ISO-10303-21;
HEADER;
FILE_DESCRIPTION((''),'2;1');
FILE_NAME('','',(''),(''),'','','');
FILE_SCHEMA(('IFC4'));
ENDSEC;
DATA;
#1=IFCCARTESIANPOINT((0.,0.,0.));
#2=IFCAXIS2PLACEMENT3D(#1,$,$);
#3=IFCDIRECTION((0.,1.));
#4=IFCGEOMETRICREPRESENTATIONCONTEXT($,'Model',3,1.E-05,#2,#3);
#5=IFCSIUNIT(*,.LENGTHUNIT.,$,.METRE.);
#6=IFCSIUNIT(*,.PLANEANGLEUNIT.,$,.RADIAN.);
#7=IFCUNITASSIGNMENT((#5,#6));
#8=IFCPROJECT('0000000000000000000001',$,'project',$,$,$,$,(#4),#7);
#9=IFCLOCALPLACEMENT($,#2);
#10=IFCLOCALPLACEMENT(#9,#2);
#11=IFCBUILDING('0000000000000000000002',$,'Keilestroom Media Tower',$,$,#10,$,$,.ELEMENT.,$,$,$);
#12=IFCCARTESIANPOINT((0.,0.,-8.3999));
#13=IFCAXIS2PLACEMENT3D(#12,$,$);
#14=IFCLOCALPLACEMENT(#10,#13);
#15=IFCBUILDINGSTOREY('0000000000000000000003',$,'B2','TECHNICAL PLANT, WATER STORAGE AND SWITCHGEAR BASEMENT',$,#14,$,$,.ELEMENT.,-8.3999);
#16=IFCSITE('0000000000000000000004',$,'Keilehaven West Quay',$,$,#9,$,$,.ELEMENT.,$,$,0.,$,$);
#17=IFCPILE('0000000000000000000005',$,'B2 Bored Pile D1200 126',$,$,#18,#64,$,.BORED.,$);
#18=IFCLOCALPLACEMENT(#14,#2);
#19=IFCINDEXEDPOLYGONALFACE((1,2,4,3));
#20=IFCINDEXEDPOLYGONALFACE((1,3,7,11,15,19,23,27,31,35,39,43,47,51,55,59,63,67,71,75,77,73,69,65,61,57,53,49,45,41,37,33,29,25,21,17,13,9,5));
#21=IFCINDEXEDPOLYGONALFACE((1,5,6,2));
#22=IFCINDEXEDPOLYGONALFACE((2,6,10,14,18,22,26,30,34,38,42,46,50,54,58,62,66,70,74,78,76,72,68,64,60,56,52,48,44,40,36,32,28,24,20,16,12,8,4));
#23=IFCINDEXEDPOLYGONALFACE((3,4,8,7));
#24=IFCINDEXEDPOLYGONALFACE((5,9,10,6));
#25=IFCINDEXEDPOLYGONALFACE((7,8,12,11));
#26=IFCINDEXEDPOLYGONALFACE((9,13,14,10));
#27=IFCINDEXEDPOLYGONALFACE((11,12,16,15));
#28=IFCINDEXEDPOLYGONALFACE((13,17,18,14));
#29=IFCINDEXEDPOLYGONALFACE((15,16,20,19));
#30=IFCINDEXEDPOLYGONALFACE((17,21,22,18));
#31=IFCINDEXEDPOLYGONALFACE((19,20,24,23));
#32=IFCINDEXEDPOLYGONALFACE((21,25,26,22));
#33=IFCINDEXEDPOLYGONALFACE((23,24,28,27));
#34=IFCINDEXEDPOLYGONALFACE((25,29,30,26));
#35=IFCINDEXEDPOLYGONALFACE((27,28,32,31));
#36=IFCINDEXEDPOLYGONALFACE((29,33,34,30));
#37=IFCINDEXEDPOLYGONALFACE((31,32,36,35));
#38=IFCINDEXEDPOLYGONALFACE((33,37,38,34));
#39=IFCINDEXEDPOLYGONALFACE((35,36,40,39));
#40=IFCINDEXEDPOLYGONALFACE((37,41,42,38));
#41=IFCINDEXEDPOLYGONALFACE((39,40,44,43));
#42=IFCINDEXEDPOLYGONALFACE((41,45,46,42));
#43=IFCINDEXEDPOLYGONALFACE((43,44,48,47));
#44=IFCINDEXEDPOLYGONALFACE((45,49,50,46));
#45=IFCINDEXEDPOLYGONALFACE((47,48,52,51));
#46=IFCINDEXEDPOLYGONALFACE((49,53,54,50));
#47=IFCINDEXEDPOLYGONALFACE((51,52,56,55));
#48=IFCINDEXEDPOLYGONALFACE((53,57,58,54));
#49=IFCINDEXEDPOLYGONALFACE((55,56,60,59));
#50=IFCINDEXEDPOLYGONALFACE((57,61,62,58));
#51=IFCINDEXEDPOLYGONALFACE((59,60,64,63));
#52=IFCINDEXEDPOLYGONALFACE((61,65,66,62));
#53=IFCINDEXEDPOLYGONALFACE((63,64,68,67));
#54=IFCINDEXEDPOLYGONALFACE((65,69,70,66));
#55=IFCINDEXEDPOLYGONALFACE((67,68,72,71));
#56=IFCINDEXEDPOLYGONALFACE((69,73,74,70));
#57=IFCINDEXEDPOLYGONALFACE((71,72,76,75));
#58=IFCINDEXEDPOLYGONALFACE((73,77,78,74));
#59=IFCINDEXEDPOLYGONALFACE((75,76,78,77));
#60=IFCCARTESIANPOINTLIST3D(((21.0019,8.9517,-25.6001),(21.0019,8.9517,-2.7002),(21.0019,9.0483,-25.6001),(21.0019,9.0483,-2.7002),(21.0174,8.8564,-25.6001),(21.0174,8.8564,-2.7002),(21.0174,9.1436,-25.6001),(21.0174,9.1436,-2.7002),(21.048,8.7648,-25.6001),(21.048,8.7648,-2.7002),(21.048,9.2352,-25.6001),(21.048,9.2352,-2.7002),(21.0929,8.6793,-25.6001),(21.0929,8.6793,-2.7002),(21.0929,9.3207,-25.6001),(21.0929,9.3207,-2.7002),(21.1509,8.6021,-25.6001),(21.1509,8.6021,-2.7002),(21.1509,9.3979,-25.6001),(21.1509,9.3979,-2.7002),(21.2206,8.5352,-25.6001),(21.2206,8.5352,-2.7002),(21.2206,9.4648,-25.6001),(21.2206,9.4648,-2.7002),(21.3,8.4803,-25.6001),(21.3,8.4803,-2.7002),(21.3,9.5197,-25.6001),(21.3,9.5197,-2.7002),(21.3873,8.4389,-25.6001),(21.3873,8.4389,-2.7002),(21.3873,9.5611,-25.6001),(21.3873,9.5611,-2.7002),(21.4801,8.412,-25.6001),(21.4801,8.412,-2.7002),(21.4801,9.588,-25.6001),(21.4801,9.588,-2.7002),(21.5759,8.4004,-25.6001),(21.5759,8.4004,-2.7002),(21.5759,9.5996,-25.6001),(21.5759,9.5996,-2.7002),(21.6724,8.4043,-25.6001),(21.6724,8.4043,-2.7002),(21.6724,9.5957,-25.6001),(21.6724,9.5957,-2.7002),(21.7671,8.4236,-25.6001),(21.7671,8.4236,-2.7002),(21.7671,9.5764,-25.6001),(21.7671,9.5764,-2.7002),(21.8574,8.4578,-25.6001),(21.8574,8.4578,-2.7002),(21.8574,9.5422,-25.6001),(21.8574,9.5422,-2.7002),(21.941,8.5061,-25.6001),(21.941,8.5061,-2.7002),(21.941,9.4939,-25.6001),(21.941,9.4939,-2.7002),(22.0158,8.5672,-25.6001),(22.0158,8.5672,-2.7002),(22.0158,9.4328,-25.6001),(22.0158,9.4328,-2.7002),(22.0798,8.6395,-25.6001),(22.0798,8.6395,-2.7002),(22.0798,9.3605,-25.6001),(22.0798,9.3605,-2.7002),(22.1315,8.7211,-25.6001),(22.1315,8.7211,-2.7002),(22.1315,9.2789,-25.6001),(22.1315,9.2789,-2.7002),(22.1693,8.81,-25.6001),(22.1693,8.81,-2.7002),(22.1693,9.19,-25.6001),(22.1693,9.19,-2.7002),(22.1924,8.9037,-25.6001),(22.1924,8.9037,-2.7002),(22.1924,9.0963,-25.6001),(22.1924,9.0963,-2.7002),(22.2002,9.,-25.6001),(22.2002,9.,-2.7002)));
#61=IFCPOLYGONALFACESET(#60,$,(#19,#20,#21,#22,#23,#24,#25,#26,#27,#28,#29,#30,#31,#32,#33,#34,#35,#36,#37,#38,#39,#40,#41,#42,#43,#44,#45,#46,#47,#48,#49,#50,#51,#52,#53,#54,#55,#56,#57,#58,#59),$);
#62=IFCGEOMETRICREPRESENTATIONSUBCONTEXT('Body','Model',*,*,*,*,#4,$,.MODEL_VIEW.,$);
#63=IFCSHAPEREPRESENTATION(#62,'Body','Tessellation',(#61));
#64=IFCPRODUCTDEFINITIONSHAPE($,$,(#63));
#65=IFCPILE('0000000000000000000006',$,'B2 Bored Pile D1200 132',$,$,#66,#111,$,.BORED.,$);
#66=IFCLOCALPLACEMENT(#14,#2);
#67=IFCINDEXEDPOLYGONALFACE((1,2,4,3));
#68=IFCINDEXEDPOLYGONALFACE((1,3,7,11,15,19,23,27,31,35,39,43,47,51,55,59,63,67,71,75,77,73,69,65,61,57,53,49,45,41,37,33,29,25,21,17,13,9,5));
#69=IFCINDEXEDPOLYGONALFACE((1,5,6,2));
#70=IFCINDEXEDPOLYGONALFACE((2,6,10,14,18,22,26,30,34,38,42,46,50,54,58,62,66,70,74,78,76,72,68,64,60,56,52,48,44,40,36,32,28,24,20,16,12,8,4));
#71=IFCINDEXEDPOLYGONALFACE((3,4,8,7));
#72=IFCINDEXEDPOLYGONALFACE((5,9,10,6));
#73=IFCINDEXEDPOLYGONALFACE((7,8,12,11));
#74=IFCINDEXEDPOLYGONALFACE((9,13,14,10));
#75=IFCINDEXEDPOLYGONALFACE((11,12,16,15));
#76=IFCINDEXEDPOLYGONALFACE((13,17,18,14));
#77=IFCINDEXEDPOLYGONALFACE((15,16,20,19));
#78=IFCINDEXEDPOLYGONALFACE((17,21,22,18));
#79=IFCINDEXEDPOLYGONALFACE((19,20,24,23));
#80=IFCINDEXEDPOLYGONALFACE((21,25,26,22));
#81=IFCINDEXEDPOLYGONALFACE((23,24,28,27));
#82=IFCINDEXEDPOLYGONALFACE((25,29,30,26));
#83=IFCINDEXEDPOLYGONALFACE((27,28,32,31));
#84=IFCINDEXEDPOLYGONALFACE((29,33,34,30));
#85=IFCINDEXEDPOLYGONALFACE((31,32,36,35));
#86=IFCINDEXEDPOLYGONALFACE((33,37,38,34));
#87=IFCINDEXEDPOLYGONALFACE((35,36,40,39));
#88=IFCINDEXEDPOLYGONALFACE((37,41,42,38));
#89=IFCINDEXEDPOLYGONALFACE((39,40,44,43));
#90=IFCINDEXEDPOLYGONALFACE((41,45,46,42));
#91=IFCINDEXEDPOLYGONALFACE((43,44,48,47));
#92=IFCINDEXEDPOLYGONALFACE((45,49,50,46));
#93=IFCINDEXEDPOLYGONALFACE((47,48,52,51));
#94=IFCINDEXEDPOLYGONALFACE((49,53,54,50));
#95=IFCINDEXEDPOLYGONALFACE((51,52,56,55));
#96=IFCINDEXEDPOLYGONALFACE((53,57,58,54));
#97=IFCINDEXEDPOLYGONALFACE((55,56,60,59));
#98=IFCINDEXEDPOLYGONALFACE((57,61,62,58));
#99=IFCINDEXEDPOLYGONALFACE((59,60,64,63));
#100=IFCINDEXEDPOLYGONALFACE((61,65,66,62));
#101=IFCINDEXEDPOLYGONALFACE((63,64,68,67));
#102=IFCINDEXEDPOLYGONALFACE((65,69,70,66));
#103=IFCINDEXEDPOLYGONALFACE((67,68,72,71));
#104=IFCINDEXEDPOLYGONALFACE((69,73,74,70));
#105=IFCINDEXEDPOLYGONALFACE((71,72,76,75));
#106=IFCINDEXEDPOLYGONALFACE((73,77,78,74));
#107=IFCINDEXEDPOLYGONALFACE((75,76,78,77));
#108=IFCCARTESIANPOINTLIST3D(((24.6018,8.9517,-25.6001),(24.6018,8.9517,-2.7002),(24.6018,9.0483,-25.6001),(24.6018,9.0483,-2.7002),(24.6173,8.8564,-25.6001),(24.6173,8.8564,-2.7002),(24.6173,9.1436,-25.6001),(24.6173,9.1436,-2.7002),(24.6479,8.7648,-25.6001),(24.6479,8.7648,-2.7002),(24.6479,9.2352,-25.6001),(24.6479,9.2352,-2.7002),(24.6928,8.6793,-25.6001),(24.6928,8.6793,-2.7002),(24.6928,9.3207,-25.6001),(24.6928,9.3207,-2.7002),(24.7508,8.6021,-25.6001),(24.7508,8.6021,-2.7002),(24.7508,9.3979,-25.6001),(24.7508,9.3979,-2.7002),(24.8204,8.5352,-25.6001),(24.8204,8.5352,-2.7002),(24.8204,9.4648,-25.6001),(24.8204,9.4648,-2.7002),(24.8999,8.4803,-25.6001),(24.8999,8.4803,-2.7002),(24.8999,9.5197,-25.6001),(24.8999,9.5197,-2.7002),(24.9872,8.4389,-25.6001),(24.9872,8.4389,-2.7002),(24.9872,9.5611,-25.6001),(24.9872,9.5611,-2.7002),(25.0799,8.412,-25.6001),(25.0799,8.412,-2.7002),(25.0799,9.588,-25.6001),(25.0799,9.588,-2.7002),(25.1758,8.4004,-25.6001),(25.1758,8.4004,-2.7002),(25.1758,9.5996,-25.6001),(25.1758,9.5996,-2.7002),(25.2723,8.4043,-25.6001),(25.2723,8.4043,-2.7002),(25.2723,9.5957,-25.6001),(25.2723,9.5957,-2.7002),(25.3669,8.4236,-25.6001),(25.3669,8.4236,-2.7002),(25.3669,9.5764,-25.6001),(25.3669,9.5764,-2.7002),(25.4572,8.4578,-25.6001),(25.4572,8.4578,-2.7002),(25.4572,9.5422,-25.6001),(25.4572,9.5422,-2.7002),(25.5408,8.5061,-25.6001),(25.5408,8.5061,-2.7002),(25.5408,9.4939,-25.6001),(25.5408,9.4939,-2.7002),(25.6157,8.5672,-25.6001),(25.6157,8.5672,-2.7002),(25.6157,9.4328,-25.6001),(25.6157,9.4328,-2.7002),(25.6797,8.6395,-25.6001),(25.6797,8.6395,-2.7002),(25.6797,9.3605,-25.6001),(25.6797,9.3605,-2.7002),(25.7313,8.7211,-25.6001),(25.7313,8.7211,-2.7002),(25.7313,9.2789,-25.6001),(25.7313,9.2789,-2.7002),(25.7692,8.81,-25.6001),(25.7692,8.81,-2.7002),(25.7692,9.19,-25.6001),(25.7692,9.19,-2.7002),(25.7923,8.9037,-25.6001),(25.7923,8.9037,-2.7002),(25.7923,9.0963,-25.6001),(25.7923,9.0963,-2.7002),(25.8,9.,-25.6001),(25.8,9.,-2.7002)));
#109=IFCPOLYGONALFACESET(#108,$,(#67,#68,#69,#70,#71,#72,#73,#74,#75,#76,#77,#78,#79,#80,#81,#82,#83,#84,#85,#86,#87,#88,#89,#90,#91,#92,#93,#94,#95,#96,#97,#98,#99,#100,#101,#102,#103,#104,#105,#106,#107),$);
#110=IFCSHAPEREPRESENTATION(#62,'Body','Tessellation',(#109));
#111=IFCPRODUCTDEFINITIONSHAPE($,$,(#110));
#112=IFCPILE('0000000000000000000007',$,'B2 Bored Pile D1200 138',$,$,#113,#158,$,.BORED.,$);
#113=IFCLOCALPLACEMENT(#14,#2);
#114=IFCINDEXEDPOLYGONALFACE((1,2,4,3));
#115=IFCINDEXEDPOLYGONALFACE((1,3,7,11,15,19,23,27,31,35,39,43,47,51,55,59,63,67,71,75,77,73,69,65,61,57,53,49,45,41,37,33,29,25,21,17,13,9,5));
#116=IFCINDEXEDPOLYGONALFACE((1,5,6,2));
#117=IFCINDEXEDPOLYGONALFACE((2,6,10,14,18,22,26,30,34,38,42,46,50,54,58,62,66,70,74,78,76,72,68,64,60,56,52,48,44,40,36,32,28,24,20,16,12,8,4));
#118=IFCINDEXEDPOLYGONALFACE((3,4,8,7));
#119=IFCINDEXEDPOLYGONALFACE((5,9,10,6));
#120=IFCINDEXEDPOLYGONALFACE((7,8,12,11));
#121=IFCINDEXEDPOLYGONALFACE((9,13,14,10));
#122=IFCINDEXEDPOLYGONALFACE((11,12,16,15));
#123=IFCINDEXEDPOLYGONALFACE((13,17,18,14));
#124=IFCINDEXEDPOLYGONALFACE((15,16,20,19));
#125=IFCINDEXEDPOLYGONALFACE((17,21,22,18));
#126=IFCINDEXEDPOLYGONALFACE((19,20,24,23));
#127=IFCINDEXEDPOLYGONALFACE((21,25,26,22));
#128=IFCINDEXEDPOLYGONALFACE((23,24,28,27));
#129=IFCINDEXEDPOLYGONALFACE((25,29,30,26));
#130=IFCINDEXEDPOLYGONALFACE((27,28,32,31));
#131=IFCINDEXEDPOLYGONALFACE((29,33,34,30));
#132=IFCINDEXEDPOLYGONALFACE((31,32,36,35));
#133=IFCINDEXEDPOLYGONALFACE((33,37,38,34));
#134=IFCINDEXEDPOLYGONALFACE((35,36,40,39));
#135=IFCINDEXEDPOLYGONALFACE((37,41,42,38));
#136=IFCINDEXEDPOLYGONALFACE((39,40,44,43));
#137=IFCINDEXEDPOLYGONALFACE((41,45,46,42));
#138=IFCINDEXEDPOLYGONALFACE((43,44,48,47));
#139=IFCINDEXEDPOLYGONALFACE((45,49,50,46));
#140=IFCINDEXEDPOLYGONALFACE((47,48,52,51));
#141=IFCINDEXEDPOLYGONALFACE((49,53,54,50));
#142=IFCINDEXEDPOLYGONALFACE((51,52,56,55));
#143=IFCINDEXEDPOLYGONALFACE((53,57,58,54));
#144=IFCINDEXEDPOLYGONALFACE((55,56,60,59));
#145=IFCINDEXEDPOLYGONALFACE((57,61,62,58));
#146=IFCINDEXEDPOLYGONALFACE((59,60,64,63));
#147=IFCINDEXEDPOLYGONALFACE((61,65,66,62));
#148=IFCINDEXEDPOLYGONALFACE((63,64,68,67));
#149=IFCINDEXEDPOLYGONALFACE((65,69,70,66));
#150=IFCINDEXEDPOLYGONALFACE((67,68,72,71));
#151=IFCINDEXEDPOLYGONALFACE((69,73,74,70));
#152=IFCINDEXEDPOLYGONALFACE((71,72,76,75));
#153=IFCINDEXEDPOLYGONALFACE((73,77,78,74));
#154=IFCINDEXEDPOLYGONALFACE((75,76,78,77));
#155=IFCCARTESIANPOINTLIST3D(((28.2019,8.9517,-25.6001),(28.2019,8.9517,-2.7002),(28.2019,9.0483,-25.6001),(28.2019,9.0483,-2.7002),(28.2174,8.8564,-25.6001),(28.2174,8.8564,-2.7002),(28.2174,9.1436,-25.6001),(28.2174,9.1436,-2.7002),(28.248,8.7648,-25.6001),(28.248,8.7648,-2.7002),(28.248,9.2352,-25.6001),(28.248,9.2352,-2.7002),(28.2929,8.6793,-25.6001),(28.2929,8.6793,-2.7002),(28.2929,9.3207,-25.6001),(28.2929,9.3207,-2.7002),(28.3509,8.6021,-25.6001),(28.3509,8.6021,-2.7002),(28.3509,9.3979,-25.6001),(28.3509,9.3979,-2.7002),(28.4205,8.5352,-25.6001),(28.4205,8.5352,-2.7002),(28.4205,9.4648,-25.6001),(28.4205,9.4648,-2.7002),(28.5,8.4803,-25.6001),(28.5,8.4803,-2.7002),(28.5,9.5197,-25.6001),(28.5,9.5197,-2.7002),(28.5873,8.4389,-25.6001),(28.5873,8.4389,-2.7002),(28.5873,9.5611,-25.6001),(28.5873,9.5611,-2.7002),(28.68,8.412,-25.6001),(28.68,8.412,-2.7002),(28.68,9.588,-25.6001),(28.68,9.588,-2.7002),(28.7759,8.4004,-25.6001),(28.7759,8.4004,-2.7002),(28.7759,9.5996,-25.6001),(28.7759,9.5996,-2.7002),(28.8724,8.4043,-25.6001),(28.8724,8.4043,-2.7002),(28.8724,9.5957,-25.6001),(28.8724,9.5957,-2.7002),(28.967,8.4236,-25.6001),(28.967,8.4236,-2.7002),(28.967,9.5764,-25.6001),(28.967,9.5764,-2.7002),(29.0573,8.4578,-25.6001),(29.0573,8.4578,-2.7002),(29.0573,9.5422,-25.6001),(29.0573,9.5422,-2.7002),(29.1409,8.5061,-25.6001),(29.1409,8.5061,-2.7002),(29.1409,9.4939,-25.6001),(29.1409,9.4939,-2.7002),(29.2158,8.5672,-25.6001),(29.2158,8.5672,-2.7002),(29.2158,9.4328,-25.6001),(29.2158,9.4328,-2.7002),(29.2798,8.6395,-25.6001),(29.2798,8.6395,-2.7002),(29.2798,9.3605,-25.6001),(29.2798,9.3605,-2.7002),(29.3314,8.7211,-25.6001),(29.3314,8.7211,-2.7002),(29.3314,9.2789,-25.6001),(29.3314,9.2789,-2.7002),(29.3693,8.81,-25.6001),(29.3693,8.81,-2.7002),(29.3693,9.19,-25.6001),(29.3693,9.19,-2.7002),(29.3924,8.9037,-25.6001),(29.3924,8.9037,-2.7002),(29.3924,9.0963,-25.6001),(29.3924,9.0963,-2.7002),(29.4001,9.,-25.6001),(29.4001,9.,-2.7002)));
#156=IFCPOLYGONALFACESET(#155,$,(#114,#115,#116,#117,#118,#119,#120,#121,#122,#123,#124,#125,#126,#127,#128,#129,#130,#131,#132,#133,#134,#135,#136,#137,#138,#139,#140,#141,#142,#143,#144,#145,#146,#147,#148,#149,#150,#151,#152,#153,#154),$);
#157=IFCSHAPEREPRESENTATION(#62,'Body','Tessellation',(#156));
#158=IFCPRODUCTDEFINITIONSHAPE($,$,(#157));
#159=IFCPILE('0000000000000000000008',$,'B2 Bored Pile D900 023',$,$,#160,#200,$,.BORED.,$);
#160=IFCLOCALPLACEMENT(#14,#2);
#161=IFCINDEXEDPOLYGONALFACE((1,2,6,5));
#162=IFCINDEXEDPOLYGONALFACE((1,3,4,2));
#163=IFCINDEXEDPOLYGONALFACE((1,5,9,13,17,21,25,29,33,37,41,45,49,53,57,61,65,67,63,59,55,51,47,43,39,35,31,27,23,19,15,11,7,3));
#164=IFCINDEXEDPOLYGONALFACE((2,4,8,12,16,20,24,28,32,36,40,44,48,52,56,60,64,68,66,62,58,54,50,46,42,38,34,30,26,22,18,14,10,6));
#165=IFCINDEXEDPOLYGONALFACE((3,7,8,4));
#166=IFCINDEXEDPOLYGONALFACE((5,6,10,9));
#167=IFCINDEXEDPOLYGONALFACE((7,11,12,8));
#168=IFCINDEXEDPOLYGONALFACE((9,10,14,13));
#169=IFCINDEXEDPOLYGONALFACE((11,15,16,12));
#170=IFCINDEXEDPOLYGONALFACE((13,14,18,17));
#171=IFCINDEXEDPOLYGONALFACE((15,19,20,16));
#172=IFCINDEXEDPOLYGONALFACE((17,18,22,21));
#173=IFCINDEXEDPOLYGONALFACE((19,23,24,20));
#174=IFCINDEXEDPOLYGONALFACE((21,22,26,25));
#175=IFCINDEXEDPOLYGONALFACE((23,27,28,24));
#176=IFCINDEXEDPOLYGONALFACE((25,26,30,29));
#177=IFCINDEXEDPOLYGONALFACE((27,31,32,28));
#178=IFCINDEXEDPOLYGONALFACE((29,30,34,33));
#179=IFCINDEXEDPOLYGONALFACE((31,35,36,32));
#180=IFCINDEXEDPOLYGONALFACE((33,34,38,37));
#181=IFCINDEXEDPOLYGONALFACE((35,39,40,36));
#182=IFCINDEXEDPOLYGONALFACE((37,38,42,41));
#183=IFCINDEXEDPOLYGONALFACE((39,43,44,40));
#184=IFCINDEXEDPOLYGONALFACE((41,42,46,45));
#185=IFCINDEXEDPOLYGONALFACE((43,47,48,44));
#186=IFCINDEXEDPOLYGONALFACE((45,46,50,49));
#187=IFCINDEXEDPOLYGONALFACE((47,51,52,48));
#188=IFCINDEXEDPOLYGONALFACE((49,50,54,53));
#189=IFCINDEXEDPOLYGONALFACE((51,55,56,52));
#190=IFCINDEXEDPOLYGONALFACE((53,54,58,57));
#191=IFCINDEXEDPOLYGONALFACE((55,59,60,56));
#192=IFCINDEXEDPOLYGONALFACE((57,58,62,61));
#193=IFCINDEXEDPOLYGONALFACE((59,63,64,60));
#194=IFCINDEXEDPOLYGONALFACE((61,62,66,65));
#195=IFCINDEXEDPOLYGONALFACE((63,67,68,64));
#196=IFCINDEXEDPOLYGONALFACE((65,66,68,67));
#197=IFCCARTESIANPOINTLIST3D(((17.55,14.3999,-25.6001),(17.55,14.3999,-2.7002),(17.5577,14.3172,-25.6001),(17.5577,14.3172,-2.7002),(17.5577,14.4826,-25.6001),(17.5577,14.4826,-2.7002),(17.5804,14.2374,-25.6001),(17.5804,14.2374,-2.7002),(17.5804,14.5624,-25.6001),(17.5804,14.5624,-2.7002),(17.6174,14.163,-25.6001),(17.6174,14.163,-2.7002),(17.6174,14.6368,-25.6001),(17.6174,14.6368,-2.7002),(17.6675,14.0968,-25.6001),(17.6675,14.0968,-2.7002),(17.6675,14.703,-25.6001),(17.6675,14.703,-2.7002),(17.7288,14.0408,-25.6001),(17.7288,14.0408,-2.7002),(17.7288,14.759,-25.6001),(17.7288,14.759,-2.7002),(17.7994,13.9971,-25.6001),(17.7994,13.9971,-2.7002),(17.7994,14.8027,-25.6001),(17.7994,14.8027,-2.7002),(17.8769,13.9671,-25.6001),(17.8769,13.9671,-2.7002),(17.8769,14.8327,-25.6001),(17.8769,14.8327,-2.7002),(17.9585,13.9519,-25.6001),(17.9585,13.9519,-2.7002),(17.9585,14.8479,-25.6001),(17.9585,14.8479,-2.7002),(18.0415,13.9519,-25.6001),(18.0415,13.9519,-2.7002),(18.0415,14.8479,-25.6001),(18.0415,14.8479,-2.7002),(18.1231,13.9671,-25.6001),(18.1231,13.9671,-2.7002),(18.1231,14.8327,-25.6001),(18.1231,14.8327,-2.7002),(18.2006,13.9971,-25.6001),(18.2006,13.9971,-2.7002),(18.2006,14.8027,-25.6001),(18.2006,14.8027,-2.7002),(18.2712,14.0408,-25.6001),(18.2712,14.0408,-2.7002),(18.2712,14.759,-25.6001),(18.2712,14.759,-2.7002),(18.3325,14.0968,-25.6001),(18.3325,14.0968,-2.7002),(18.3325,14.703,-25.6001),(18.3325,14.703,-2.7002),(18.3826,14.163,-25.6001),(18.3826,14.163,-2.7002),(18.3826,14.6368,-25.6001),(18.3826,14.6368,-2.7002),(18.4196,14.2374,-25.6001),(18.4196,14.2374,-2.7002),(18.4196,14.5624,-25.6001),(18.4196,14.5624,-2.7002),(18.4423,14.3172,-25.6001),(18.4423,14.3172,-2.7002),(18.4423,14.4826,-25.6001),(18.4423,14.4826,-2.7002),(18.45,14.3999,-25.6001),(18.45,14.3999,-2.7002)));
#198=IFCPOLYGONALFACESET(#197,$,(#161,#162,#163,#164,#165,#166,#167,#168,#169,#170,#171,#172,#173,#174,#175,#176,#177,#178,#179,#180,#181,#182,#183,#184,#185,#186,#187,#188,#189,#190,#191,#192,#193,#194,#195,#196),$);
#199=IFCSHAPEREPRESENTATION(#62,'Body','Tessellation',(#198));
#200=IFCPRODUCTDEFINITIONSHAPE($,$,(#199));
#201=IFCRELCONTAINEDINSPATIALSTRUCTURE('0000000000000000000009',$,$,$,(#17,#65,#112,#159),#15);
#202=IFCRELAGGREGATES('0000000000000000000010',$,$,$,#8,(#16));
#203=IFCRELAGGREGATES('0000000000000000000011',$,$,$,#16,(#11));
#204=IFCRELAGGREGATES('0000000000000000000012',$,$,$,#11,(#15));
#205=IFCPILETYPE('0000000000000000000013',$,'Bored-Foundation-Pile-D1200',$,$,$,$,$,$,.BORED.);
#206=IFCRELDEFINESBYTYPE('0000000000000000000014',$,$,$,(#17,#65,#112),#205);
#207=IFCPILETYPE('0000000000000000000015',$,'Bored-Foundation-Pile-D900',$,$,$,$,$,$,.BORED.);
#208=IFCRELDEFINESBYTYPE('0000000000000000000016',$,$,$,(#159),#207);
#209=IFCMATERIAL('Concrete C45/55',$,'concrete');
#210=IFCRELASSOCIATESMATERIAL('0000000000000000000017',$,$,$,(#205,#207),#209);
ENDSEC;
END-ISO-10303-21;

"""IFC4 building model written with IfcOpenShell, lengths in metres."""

from ifc_helpers import new_model, si_unit, direction, frame, origin, origin_2d, place, context, subcontext, project, spatial, circle, extrude, source, transform, mapped, material, material_profile, profile_set, type_object, element, save


model = new_model("IFC4")

# Units and contexts
model_context = context("Model", 3, precision=1e-05, world=origin(), true_north=direction((0.0, 1.0)))
body_context = subcontext(model_context, "Body", "Model", "MODEL_VIEW")
ifc_project = project(units=[si_unit("LENGTHUNIT", "METRE"), si_unit("PLANEANGLEUNIT", "RADIAN")], contexts=[model_context])

# Site, building, storey
site_placement = place(None, origin())
site = spatial("IfcSite", under=ifc_project, at=site_placement, Name="Keilehaven West Quay", CompositionType="ELEMENT", RefElevation=0.0)
building_placement = place(site_placement, origin())
building = spatial("IfcBuilding", under=site, at=building_placement, Name="Keilestroom Media Tower", CompositionType="ELEMENT")
storey_placement = place(building_placement, frame((0.0, 0.0, -8.3999)))
storey = spatial("IfcBuildingStorey", under=building, at=storey_placement, Name="B2", Description="TECHNICAL PLANT, WATER STORAGE AND SWITCHGEAR BASEMENT", CompositionType="ELEMENT", Elevation=-8.3999)

# Piles
ifc_material_1 = material(Name="Concrete C45/55", Category="concrete")
ifc_material_profile_1 = material_profile(ifc_material_1, circle(Radius=0.6001, at=origin_2d()), Name="BORED PILE D1200")
ifc_profile_set_1 = profile_set([ifc_material_profile_1], Name="Concrete C45/55")
pile_type_1 = type_object("IfcPileType", Name="Bored-Foundation-Pile-D1200", PredefinedType="BORED", material=ifc_profile_set_1)
shared_shape_1 = source(origin(), body_context, "Body", "SweptSolid", [
    extrude(circle(Radius=0.6001, at=origin_2d()), origin(), (0.0, 0.0, 1.0), 22.8999),
])
for number, where, z_axis, x_axis, name in (
    (1, (21.6001, 9.0, -2.7002), (0.0, 0.0, -1.0), (1.0, 0.0, 0.0), "B2 Bored Pile D1200 126"),
    (2, (25.2, 9.0, -2.7002), (0.0, 0.0, -1.0), (1.0, 0.0, 0.0), "B2 Bored Pile D1200 132"),
    (3, (28.8, 9.0, -2.7002), (0.0, 0.0, -1.0), (1.0, 0.0, 0.0), "B2 Bored Pile D1200 138"),
):
    element("IfcPile", number, at=place(storey_placement, frame(where, z_axis=z_axis, x_axis=x_axis)), inside=storey, type_object=pile_type_1, Name=name, PredefinedType="BORED", context=body_context, shape_type="MappedRepresentation", body=[
        mapped(shared_shape_1, transform((0.0, 0.0, 0.0), x_axis=(1.0, 0.0, 0.0), y_axis=(0.0, 1.0, 0.0), z_axis=(0.0, 0.0, 1.0), scale=1.0)),
    ])
ifc_material_profile_2 = material_profile(ifc_material_1, circle(Radius=0.45, at=origin_2d()), Name="BORED PILE D900")
ifc_profile_set_2 = profile_set([ifc_material_profile_2], Name="Concrete C45/55")
pile_type_2 = type_object("IfcPileType", Name="Bored-Foundation-Pile-D900", PredefinedType="BORED", material=ifc_profile_set_2)
shared_shape_2 = source(origin(), body_context, "Body", "SweptSolid", [
    extrude(circle(Radius=0.45, at=origin_2d()), origin(), (0.0, 0.0, 1.0), 22.8999),
])
for number, where, z_axis, x_axis, name in (
    (4, (18.0, 14.3999, -2.7002), (0.0, 0.0, -1.0), (1.0, 0.0, 0.0), "B2 Bored Pile D900 023"),
):
    element("IfcPile", number, at=place(storey_placement, frame(where, z_axis=z_axis, x_axis=x_axis)), inside=storey, type_object=pile_type_2, Name=name, PredefinedType="BORED", context=body_context, shape_type="MappedRepresentation", body=[
        mapped(shared_shape_2, transform((0.0, 0.0, 0.0), x_axis=(1.0, 0.0, 0.0), y_axis=(0.0, 1.0, 0.0), z_axis=(0.0, 0.0, 1.0), scale=1.0)),
    ])

save(model, "model.ifc")
